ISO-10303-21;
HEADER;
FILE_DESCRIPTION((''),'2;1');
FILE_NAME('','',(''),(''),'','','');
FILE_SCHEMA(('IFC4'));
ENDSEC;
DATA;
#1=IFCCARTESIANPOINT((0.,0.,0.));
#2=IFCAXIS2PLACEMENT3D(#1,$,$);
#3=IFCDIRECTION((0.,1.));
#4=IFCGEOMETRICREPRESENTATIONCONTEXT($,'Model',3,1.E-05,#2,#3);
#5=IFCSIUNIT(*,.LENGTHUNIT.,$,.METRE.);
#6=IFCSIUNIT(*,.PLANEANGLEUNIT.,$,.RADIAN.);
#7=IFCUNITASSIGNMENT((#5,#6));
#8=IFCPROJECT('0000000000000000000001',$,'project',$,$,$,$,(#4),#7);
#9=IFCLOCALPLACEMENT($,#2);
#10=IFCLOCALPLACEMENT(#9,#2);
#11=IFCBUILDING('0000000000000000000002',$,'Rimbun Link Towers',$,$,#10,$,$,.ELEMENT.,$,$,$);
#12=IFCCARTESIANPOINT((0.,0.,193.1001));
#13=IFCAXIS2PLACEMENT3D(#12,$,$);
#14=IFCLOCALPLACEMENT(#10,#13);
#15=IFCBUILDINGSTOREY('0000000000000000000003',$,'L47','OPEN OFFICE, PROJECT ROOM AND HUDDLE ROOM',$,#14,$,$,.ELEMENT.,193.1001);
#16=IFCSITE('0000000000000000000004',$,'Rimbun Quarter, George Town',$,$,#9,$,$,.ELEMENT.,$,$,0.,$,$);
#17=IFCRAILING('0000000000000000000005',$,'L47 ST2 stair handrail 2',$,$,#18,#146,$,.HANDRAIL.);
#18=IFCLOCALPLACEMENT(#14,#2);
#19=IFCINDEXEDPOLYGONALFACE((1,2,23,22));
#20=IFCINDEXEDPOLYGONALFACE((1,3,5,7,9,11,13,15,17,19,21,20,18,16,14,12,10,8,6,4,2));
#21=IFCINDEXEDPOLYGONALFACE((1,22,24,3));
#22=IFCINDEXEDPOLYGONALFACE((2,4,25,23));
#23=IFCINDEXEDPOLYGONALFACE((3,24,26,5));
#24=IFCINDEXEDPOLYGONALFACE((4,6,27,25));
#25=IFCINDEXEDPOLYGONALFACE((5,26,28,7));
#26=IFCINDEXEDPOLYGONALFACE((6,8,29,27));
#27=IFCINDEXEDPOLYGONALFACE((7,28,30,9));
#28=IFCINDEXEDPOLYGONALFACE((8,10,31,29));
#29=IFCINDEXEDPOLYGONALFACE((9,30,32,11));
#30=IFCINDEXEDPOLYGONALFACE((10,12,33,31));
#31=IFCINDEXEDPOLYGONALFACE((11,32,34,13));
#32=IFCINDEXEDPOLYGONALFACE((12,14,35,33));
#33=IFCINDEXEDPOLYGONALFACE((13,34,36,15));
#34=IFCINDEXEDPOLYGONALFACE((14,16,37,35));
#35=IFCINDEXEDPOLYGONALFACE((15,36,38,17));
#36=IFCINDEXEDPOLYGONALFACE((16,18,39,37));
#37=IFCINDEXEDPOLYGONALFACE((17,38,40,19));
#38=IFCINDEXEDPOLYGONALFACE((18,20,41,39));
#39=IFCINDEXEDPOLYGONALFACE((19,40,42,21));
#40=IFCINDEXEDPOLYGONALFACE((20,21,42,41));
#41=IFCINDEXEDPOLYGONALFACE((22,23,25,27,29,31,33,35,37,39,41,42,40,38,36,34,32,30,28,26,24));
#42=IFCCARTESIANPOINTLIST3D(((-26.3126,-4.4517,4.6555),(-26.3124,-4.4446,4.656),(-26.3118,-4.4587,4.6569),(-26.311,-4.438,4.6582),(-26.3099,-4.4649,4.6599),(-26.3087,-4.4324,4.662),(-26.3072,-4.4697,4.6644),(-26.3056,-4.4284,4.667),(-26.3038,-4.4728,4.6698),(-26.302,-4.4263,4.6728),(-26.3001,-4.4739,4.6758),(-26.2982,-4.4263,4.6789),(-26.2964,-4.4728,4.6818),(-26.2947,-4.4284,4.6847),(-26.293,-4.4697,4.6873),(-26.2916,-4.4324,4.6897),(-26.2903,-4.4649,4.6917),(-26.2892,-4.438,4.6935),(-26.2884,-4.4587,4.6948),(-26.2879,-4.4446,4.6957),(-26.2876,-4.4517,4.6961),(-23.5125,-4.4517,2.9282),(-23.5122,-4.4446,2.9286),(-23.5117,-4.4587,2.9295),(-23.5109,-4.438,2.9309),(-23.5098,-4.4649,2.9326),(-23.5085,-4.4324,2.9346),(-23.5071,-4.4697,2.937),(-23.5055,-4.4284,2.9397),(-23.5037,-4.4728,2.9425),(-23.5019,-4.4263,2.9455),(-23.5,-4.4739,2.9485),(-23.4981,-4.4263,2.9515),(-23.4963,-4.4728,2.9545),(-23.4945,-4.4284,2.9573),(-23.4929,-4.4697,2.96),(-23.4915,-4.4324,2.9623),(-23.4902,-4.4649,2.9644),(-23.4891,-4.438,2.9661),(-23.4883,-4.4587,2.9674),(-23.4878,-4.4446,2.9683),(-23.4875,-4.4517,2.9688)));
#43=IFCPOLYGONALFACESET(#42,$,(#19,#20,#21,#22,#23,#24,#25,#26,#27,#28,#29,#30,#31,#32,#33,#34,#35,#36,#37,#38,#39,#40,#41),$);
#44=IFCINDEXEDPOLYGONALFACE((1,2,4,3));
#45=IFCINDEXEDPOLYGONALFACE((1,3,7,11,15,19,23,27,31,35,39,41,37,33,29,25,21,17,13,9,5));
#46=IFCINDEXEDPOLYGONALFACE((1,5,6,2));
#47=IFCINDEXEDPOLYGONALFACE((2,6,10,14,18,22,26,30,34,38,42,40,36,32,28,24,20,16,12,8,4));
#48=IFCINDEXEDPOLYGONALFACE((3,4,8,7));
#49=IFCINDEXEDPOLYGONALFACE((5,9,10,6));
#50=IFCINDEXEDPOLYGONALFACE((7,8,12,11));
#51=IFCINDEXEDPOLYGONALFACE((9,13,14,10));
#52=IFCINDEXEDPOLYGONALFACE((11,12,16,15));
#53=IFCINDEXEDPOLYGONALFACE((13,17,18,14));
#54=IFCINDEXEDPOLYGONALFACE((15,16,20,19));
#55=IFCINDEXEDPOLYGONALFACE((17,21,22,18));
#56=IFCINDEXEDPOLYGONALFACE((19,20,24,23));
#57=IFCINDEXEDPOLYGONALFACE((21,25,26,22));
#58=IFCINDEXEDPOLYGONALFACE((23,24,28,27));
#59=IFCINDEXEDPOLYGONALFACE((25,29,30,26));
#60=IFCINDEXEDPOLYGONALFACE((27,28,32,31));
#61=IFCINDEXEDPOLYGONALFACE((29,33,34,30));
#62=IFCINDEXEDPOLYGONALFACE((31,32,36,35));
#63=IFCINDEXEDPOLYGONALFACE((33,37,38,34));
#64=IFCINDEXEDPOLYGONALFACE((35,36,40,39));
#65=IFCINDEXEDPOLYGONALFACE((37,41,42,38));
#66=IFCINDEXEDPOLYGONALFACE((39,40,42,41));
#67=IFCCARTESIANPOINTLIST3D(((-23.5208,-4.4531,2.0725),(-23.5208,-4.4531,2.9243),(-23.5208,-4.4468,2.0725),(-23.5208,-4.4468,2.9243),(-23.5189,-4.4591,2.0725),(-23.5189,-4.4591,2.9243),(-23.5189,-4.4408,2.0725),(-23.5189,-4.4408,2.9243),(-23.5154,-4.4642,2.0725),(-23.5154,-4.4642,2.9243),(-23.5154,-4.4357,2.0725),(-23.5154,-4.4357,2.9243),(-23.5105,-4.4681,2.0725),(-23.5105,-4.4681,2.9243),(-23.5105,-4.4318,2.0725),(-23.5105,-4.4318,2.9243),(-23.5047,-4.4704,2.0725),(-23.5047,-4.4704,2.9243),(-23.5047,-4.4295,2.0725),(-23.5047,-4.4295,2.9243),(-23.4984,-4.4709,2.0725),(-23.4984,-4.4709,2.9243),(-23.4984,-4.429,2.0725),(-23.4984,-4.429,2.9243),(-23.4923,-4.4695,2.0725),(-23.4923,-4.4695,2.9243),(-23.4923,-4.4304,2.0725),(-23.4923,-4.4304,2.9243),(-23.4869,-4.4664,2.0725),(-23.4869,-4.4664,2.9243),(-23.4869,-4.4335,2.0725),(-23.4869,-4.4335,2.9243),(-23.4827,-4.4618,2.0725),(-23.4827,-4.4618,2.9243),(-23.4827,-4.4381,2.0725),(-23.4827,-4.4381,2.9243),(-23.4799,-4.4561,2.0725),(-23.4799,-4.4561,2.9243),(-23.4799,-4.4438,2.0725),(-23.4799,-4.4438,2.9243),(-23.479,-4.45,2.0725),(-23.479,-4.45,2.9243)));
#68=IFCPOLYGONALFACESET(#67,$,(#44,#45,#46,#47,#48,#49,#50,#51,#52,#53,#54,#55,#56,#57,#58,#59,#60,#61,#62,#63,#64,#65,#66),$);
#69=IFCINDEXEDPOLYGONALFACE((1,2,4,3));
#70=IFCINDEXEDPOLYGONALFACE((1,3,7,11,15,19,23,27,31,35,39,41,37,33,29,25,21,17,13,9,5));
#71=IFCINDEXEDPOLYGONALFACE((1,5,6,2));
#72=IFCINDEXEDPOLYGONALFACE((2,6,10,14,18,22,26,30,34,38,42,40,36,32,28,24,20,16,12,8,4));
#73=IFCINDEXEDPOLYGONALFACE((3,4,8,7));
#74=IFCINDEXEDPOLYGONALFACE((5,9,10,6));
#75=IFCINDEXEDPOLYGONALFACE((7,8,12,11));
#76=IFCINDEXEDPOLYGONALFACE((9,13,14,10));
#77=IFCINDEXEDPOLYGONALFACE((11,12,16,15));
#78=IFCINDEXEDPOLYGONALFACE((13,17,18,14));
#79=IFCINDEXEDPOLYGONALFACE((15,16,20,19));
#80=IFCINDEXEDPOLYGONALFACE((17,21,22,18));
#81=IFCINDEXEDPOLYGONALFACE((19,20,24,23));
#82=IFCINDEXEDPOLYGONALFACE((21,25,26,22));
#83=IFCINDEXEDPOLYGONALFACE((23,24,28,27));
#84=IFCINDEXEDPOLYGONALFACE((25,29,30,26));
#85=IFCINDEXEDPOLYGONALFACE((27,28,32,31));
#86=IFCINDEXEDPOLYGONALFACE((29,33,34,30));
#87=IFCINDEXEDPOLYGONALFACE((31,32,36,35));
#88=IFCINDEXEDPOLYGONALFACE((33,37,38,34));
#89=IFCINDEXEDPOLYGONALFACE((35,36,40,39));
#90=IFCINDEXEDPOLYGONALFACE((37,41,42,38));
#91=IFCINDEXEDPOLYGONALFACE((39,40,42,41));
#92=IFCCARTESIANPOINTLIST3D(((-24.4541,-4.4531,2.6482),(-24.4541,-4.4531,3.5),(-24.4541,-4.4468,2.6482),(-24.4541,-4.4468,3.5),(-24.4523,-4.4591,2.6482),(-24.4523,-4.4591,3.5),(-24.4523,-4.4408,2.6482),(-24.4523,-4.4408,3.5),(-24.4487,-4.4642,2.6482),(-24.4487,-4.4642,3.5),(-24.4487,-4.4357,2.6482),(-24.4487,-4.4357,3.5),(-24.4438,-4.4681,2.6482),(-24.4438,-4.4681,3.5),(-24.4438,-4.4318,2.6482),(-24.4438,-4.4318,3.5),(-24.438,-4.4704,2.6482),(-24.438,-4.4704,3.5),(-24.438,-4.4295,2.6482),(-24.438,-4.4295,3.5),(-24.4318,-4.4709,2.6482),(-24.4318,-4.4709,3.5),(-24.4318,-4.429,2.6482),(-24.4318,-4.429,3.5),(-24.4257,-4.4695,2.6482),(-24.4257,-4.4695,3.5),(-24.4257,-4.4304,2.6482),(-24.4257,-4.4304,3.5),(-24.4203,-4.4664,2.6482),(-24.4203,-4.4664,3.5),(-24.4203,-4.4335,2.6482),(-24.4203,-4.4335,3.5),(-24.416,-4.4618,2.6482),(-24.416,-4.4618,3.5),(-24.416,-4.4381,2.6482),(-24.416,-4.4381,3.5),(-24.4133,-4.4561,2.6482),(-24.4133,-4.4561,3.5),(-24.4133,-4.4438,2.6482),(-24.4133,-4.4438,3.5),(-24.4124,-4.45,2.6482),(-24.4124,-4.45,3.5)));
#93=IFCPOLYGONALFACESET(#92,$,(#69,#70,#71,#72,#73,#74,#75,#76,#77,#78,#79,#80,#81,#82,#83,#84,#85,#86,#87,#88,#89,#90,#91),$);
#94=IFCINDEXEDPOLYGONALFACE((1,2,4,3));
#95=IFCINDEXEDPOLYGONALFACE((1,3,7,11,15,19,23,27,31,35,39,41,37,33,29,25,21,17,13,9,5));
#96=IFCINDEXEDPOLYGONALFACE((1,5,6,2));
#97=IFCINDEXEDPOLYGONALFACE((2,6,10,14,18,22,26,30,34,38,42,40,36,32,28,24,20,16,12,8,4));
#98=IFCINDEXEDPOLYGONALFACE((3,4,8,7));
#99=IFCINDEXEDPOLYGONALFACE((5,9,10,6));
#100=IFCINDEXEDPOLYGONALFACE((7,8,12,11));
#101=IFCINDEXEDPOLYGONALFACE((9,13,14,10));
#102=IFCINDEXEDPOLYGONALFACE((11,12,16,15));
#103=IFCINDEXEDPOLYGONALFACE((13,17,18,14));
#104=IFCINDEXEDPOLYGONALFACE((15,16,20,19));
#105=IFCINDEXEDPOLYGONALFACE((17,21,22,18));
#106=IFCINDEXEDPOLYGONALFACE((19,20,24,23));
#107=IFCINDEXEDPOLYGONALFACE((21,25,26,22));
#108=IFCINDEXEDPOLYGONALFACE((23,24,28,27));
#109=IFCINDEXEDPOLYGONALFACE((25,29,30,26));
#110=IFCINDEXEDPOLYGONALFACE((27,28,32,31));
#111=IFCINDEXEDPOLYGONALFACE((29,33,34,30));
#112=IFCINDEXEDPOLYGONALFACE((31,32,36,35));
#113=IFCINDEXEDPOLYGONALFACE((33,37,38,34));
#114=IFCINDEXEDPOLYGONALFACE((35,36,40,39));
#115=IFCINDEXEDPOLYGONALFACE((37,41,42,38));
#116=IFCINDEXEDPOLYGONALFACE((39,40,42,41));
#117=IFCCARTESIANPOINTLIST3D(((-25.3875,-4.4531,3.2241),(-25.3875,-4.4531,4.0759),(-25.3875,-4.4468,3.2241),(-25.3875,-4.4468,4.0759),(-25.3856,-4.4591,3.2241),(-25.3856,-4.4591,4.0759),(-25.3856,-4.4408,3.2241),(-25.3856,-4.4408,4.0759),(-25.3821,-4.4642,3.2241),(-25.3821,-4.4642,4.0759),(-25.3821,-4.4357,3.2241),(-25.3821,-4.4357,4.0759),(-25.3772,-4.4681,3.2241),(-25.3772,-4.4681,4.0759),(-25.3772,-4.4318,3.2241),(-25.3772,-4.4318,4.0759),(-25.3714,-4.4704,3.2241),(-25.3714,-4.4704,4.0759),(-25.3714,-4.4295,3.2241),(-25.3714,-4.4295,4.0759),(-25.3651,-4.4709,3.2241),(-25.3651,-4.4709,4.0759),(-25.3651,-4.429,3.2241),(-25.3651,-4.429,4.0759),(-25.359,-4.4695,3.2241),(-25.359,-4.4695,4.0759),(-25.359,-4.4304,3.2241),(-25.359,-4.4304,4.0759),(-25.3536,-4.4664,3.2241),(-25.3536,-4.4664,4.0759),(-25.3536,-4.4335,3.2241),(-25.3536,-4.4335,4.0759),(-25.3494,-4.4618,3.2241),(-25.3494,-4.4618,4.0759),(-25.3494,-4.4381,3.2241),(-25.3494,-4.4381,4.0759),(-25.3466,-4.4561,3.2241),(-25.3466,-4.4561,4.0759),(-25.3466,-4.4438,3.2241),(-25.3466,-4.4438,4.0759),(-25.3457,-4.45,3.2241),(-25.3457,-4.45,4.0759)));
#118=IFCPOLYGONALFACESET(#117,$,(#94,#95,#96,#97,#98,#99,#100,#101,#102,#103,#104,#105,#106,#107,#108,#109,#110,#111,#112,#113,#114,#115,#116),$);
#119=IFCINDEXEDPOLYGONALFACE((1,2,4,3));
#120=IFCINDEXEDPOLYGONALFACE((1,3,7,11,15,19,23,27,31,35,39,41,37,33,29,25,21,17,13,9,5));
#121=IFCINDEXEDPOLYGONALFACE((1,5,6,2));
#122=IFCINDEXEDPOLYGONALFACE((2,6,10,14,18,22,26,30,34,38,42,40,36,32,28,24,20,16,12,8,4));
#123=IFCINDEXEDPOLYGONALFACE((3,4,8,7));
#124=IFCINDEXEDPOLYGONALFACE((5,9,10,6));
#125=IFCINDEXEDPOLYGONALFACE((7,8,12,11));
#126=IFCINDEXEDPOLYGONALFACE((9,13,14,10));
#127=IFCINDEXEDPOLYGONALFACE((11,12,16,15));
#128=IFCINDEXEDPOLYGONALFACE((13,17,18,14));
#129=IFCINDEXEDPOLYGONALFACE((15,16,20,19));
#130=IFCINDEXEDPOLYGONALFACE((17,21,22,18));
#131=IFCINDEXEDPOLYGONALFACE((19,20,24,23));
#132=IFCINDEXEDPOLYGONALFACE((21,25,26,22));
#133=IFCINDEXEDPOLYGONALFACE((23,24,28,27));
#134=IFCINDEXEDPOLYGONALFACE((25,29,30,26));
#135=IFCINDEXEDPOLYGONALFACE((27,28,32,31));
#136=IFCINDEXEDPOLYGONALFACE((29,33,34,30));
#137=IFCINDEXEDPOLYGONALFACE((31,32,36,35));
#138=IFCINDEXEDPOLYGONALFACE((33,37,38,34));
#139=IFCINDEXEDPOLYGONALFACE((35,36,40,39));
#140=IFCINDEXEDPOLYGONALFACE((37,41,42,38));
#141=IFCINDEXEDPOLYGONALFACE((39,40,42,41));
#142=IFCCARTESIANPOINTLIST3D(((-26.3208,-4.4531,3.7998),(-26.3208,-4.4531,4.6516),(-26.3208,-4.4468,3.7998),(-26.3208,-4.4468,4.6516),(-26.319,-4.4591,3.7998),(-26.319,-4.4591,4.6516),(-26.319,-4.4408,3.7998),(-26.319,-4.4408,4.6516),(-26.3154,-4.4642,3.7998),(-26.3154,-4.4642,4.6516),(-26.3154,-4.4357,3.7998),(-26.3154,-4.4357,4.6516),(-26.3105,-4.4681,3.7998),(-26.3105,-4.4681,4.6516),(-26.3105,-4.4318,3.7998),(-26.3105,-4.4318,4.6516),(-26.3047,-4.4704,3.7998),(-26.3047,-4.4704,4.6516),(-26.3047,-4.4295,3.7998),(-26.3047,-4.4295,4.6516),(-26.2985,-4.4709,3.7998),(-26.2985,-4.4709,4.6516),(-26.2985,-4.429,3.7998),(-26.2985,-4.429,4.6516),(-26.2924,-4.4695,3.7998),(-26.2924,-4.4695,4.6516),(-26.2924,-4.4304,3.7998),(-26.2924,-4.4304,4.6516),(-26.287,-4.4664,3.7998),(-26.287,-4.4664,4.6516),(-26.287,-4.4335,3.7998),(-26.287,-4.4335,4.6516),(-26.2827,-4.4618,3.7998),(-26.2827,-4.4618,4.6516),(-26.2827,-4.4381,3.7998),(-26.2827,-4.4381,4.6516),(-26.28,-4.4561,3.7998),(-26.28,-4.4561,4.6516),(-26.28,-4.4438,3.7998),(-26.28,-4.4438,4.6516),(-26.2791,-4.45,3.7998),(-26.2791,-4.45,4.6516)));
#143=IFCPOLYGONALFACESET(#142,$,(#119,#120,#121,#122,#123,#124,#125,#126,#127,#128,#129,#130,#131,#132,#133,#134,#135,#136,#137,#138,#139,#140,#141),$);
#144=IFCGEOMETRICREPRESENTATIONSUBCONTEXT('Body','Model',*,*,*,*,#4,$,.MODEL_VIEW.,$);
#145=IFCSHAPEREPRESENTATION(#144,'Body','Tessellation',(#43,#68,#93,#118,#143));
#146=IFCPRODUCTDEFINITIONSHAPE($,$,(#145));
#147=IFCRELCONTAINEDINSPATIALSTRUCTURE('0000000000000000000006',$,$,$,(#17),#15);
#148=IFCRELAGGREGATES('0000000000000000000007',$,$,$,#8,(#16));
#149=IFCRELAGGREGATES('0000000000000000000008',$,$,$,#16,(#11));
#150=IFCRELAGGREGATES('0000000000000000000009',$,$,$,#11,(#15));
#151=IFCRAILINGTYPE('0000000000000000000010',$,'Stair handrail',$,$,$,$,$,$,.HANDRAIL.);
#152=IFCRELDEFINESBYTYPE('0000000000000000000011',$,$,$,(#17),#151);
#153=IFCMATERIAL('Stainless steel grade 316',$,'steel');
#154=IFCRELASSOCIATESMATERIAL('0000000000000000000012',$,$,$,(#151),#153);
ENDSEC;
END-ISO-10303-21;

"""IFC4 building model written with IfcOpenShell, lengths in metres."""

from ifc_helpers import new_model, si_unit, direction, frame, origin, origin_2d, place, context, subcontext, project, spatial, circle, extrude, material, type_object, element, save


model = new_model("IFC4")

# Units and contexts
model_context = context("Model", 3, precision=1e-05, world=origin(), true_north=direction((0.0, 1.0)))
body_context = subcontext(model_context, "Body", "Model", "MODEL_VIEW")
ifc_project = project(units=[si_unit("LENGTHUNIT", "METRE"), si_unit("PLANEANGLEUNIT", "RADIAN")], contexts=[model_context])

# Site, building, storey
site_placement = place(None, origin())
site = spatial("IfcSite", under=ifc_project, at=site_placement, Name="Rimbun Quarter, George Town", CompositionType="ELEMENT", RefElevation=0.0)
building_placement = place(site_placement, origin())
building = spatial("IfcBuilding", under=site, at=building_placement, Name="Rimbun Link Towers", CompositionType="ELEMENT")
storey_placement = place(building_placement, frame((0.0, 0.0, 193.1001)))
storey = spatial("IfcBuildingStorey", under=building, at=storey_placement, Name="L47", Description="OPEN OFFICE, PROJECT ROOM AND HUDDLE ROOM", CompositionType="ELEMENT", Elevation=193.1001)

# Railing
ifc_material_1 = material(Name="Stainless steel grade 316", Category="steel")
railing_type_1 = type_object("IfcRailingType", Name="Stair handrail", PredefinedType="HANDRAIL", material=ifc_material_1)
railing_1_placement = place(storey_placement, frame((-23.5, -4.45, 2.0725)))
element("IfcRailing", 1, at=railing_1_placement, inside=storey, type_object=railing_type_1, Name="L47 ST2 stair handrail 2", PredefinedType="HANDRAIL", context=body_context, shape_type="SweptSolid", body=[
    extrude(circle(Radius=0.0239, at=origin_2d()), frame((0.0, 0.0, 0.876), z_axis=(-0.85109, 0.0, 0.52502), x_axis=(0.0, -1.0, 0.0)), (0.0, 0.0, 1.0), 3.29),
    extrude(circle(Radius=0.021, at=origin_2d()), origin(), (0.0, 0.0, 1.0), 0.8518),
    extrude(circle(Radius=0.021, at=origin_2d()), frame((-0.9333, 0.0, 0.5757)), (0.0, 0.0, 1.0), 0.8518),
    extrude(circle(Radius=0.021, at=origin_2d()), frame((-1.8667, 0.0, 1.1516)), (0.0, 0.0, 1.0), 0.8518),
    extrude(circle(Radius=0.021, at=origin_2d()), frame((-2.8, 0.0, 1.7273)), (0.0, 0.0, 1.0), 0.8518),
])

save(model, "model.ifc")
